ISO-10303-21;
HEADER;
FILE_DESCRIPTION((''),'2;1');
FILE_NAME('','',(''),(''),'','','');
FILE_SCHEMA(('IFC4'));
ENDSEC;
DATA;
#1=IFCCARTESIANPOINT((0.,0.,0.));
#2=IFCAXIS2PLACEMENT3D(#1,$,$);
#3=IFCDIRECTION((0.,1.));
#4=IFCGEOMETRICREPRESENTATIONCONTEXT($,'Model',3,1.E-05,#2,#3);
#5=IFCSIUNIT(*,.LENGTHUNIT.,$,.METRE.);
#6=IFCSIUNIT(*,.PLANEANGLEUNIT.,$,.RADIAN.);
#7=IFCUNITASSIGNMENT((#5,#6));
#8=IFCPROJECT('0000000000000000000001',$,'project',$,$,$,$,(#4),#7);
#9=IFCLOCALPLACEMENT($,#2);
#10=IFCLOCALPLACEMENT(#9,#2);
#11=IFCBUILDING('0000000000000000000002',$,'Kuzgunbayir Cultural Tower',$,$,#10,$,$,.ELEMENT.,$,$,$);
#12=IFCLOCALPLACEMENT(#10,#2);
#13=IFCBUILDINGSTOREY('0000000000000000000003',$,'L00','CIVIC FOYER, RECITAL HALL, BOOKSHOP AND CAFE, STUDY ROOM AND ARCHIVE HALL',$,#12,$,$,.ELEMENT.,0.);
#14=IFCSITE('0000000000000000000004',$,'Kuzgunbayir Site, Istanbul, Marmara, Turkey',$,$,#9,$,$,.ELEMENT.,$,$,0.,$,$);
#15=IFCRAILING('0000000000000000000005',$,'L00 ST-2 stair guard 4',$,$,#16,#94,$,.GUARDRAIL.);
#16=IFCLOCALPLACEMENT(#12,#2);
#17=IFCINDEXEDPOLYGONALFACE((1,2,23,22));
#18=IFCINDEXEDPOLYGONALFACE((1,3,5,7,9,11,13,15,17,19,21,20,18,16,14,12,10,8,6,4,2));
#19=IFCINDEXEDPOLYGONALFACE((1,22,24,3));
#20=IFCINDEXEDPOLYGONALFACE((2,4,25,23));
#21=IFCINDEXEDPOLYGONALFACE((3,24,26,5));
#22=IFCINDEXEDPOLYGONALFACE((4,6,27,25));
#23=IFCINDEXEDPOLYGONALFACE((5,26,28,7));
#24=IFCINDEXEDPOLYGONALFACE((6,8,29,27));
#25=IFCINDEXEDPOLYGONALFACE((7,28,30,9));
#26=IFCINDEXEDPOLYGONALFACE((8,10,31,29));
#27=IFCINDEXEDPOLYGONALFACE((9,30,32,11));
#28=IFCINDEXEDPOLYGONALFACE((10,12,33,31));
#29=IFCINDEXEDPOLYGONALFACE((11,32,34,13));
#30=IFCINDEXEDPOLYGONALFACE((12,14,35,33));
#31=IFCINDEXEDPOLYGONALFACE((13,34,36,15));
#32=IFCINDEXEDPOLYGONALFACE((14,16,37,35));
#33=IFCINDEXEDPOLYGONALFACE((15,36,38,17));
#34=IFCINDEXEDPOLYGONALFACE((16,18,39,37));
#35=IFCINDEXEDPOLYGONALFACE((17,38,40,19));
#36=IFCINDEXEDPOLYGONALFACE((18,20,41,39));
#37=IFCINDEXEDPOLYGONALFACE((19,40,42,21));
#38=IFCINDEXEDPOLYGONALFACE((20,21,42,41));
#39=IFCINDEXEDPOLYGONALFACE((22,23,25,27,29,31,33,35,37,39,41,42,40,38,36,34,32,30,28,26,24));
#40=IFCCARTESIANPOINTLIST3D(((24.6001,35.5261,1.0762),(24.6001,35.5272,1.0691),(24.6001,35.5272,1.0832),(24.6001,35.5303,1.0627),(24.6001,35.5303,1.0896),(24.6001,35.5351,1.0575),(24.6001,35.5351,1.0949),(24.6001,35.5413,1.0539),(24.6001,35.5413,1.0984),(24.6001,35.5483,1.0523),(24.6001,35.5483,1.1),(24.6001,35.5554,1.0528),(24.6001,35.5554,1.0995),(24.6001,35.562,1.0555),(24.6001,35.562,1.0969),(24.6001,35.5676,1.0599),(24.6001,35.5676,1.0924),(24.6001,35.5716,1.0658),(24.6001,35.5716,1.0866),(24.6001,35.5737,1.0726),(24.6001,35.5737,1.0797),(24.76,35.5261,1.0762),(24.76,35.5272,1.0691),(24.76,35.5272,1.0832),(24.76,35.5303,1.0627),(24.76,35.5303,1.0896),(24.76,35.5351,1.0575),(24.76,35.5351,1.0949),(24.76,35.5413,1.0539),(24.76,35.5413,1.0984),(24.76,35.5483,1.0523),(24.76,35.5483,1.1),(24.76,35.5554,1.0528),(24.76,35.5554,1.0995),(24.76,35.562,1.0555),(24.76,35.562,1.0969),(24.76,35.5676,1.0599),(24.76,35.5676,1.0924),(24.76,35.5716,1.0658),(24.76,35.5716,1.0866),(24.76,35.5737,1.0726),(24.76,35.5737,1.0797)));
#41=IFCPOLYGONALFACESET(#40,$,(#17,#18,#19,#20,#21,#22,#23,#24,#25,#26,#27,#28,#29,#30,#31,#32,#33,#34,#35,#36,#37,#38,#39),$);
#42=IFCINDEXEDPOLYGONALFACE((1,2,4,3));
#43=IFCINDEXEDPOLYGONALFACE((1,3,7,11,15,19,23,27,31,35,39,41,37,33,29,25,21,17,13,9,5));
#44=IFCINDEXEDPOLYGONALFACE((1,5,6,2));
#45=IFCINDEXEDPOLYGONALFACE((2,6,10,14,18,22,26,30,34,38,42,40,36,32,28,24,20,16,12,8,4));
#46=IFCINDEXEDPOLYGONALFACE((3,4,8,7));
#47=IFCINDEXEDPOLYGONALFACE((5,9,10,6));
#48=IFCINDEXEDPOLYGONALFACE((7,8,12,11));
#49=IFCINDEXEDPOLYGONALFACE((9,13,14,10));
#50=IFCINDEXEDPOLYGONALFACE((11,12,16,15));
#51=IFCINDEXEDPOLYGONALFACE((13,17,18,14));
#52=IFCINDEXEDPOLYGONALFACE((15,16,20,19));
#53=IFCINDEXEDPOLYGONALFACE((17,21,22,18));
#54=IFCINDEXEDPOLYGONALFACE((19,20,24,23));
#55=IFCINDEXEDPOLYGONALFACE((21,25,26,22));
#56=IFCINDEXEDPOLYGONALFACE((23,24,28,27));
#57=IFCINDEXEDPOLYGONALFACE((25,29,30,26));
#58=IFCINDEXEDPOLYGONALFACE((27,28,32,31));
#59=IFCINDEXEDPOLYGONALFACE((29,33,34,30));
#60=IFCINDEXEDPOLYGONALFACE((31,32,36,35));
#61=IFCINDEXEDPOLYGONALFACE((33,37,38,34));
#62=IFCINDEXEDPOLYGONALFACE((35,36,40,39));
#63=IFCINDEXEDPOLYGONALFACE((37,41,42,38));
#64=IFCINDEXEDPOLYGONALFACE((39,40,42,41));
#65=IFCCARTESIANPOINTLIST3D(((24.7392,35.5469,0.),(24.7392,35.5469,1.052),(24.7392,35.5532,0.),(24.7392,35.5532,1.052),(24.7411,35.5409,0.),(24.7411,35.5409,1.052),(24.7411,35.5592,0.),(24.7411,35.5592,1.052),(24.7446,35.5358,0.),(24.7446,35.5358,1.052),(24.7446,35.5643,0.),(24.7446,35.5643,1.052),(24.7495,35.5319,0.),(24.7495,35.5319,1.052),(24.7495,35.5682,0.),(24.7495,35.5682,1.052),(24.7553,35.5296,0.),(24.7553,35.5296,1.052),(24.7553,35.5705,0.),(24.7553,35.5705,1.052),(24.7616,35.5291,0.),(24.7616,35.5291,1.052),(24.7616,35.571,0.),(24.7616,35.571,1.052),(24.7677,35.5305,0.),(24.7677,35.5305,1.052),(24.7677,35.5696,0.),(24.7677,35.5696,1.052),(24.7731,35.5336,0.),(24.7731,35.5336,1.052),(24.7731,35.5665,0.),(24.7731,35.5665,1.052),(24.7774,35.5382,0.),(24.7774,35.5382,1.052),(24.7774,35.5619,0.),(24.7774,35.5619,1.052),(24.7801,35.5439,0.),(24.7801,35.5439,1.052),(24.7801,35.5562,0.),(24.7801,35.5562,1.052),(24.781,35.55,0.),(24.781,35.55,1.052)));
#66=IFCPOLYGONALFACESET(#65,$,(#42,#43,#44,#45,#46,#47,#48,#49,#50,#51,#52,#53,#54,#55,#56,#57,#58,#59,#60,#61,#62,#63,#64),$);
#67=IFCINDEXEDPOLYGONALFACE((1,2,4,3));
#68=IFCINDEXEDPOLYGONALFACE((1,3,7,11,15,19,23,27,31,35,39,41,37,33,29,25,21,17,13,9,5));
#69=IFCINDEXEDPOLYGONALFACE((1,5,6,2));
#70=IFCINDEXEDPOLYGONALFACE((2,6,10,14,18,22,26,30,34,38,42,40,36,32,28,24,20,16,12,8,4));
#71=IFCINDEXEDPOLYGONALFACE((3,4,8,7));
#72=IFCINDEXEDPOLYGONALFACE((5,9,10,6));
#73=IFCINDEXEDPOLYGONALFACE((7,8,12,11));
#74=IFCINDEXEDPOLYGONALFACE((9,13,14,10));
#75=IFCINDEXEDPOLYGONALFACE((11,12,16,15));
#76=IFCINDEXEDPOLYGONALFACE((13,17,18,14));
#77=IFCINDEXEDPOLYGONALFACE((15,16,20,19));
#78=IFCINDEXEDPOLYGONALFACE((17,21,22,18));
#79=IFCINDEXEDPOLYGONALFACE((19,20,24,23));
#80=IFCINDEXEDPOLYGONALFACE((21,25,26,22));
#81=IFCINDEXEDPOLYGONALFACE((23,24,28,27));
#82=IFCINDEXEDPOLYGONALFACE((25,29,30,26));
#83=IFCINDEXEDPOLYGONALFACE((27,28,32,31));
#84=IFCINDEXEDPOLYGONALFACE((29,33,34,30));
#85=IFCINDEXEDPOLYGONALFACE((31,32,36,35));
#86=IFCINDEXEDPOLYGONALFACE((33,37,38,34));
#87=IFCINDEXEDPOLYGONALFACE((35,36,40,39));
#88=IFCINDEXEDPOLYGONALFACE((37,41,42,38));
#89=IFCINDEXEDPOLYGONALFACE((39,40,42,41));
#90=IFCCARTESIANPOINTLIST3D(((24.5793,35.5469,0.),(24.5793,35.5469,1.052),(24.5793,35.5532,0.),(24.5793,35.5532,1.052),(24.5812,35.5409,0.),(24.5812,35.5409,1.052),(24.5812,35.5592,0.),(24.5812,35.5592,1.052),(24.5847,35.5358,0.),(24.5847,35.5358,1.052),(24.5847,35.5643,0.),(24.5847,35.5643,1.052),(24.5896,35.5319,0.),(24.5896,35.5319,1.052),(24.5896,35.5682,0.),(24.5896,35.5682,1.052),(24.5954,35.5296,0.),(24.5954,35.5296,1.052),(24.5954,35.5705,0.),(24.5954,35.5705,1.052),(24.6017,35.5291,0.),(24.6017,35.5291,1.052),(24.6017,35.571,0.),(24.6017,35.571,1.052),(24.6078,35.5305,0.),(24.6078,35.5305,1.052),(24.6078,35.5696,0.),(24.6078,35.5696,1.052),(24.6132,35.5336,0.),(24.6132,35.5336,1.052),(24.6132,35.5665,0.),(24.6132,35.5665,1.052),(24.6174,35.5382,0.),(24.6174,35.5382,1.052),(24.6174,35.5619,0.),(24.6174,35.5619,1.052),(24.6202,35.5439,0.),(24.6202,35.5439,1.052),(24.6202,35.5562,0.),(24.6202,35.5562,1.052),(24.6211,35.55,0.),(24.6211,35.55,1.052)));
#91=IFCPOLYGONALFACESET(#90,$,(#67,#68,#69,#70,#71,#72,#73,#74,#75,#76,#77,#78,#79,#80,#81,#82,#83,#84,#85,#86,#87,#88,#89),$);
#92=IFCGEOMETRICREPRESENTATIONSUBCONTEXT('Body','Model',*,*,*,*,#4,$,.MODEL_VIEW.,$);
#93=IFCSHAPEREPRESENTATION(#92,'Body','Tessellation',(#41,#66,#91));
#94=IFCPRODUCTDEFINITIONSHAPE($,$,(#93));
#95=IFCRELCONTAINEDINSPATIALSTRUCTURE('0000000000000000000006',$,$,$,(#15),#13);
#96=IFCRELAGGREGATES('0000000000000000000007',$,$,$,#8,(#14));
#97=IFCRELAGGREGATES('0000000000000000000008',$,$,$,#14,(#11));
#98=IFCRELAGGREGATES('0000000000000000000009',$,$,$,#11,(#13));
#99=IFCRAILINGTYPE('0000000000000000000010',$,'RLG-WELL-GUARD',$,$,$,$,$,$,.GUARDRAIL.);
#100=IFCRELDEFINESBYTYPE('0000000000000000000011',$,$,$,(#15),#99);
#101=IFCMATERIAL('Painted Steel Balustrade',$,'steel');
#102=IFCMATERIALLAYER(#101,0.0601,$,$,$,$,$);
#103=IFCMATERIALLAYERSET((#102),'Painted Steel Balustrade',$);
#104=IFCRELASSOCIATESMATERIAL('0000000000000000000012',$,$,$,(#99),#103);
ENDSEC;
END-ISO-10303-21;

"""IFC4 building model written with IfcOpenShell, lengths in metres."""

from ifc_helpers import new_model, si_unit, direction, frame, origin, origin_2d, place, context, subcontext, project, spatial, circle, extrude, material, layer, layer_set, type_object, element, save


model = new_model("IFC4")

# Units and contexts
model_context = context("Model", 3, precision=1e-05, world=origin(), true_north=direction((0.0, 1.0)))
body_context = subcontext(model_context, "Body", "Model", "MODEL_VIEW")
ifc_project = project(units=[si_unit("LENGTHUNIT", "METRE"), si_unit("PLANEANGLEUNIT", "RADIAN")], contexts=[model_context])

# Site, building, storey
site_placement = place(None, origin())
site = spatial("IfcSite", under=ifc_project, at=site_placement, Name="Kuzgunbayir Site, Istanbul, Marmara, Turkey", CompositionType="ELEMENT", RefElevation=0.0)
building_placement = place(site_placement, origin())
building = spatial("IfcBuilding", under=site, at=building_placement, Name="Kuzgunbayir Cultural Tower", CompositionType="ELEMENT")
storey_placement = place(building_placement, origin())
storey = spatial("IfcBuildingStorey", under=building, at=storey_placement, Name="L00", Description="CIVIC FOYER, RECITAL HALL, BOOKSHOP AND CAFE, STUDY ROOM AND ARCHIVE HALL", CompositionType="ELEMENT", Elevation=0.0)

# Railing
ifc_material_1 = material(Name="Painted Steel Balustrade", Category="steel")
ifc_layer_1 = layer(ifc_material_1, 0.0601)
ifc_layer_set_1 = layer_set([ifc_layer_1], Name="Painted Steel Balustrade")
railing_type_1 = type_object("IfcRailingType", Name="RLG-WELL-GUARD", PredefinedType="GUARDRAIL", material=ifc_layer_set_1)
railing_1_placement = place(storey_placement, frame((24.76, 35.55, 0.0)))
element("IfcRailing", 1, at=railing_1_placement, inside=storey, type_object=railing_type_1, Name="L00 ST-2 stair guard 4", PredefinedType="GUARDRAIL", context=body_context, shape_type="SweptSolid", body=[
    extrude(circle(Radius=0.0239, at=origin_2d()), frame((0.0, 0.0, 1.0762), z_axis=(-1.0, 0.0, 0.0), x_axis=(0.0, -1.0, 0.0)), (0.0, 0.0, 1.0), 0.1599),
    extrude(circle(Radius=0.021, at=origin_2d()), origin(), (0.0, 0.0, 1.0), 1.052),
    extrude(circle(Radius=0.021, at=origin_2d()), frame((-0.1599, 0.0, 0.0)), (0.0, 0.0, 1.0), 1.052),
])

save(model, "model.ifc")
